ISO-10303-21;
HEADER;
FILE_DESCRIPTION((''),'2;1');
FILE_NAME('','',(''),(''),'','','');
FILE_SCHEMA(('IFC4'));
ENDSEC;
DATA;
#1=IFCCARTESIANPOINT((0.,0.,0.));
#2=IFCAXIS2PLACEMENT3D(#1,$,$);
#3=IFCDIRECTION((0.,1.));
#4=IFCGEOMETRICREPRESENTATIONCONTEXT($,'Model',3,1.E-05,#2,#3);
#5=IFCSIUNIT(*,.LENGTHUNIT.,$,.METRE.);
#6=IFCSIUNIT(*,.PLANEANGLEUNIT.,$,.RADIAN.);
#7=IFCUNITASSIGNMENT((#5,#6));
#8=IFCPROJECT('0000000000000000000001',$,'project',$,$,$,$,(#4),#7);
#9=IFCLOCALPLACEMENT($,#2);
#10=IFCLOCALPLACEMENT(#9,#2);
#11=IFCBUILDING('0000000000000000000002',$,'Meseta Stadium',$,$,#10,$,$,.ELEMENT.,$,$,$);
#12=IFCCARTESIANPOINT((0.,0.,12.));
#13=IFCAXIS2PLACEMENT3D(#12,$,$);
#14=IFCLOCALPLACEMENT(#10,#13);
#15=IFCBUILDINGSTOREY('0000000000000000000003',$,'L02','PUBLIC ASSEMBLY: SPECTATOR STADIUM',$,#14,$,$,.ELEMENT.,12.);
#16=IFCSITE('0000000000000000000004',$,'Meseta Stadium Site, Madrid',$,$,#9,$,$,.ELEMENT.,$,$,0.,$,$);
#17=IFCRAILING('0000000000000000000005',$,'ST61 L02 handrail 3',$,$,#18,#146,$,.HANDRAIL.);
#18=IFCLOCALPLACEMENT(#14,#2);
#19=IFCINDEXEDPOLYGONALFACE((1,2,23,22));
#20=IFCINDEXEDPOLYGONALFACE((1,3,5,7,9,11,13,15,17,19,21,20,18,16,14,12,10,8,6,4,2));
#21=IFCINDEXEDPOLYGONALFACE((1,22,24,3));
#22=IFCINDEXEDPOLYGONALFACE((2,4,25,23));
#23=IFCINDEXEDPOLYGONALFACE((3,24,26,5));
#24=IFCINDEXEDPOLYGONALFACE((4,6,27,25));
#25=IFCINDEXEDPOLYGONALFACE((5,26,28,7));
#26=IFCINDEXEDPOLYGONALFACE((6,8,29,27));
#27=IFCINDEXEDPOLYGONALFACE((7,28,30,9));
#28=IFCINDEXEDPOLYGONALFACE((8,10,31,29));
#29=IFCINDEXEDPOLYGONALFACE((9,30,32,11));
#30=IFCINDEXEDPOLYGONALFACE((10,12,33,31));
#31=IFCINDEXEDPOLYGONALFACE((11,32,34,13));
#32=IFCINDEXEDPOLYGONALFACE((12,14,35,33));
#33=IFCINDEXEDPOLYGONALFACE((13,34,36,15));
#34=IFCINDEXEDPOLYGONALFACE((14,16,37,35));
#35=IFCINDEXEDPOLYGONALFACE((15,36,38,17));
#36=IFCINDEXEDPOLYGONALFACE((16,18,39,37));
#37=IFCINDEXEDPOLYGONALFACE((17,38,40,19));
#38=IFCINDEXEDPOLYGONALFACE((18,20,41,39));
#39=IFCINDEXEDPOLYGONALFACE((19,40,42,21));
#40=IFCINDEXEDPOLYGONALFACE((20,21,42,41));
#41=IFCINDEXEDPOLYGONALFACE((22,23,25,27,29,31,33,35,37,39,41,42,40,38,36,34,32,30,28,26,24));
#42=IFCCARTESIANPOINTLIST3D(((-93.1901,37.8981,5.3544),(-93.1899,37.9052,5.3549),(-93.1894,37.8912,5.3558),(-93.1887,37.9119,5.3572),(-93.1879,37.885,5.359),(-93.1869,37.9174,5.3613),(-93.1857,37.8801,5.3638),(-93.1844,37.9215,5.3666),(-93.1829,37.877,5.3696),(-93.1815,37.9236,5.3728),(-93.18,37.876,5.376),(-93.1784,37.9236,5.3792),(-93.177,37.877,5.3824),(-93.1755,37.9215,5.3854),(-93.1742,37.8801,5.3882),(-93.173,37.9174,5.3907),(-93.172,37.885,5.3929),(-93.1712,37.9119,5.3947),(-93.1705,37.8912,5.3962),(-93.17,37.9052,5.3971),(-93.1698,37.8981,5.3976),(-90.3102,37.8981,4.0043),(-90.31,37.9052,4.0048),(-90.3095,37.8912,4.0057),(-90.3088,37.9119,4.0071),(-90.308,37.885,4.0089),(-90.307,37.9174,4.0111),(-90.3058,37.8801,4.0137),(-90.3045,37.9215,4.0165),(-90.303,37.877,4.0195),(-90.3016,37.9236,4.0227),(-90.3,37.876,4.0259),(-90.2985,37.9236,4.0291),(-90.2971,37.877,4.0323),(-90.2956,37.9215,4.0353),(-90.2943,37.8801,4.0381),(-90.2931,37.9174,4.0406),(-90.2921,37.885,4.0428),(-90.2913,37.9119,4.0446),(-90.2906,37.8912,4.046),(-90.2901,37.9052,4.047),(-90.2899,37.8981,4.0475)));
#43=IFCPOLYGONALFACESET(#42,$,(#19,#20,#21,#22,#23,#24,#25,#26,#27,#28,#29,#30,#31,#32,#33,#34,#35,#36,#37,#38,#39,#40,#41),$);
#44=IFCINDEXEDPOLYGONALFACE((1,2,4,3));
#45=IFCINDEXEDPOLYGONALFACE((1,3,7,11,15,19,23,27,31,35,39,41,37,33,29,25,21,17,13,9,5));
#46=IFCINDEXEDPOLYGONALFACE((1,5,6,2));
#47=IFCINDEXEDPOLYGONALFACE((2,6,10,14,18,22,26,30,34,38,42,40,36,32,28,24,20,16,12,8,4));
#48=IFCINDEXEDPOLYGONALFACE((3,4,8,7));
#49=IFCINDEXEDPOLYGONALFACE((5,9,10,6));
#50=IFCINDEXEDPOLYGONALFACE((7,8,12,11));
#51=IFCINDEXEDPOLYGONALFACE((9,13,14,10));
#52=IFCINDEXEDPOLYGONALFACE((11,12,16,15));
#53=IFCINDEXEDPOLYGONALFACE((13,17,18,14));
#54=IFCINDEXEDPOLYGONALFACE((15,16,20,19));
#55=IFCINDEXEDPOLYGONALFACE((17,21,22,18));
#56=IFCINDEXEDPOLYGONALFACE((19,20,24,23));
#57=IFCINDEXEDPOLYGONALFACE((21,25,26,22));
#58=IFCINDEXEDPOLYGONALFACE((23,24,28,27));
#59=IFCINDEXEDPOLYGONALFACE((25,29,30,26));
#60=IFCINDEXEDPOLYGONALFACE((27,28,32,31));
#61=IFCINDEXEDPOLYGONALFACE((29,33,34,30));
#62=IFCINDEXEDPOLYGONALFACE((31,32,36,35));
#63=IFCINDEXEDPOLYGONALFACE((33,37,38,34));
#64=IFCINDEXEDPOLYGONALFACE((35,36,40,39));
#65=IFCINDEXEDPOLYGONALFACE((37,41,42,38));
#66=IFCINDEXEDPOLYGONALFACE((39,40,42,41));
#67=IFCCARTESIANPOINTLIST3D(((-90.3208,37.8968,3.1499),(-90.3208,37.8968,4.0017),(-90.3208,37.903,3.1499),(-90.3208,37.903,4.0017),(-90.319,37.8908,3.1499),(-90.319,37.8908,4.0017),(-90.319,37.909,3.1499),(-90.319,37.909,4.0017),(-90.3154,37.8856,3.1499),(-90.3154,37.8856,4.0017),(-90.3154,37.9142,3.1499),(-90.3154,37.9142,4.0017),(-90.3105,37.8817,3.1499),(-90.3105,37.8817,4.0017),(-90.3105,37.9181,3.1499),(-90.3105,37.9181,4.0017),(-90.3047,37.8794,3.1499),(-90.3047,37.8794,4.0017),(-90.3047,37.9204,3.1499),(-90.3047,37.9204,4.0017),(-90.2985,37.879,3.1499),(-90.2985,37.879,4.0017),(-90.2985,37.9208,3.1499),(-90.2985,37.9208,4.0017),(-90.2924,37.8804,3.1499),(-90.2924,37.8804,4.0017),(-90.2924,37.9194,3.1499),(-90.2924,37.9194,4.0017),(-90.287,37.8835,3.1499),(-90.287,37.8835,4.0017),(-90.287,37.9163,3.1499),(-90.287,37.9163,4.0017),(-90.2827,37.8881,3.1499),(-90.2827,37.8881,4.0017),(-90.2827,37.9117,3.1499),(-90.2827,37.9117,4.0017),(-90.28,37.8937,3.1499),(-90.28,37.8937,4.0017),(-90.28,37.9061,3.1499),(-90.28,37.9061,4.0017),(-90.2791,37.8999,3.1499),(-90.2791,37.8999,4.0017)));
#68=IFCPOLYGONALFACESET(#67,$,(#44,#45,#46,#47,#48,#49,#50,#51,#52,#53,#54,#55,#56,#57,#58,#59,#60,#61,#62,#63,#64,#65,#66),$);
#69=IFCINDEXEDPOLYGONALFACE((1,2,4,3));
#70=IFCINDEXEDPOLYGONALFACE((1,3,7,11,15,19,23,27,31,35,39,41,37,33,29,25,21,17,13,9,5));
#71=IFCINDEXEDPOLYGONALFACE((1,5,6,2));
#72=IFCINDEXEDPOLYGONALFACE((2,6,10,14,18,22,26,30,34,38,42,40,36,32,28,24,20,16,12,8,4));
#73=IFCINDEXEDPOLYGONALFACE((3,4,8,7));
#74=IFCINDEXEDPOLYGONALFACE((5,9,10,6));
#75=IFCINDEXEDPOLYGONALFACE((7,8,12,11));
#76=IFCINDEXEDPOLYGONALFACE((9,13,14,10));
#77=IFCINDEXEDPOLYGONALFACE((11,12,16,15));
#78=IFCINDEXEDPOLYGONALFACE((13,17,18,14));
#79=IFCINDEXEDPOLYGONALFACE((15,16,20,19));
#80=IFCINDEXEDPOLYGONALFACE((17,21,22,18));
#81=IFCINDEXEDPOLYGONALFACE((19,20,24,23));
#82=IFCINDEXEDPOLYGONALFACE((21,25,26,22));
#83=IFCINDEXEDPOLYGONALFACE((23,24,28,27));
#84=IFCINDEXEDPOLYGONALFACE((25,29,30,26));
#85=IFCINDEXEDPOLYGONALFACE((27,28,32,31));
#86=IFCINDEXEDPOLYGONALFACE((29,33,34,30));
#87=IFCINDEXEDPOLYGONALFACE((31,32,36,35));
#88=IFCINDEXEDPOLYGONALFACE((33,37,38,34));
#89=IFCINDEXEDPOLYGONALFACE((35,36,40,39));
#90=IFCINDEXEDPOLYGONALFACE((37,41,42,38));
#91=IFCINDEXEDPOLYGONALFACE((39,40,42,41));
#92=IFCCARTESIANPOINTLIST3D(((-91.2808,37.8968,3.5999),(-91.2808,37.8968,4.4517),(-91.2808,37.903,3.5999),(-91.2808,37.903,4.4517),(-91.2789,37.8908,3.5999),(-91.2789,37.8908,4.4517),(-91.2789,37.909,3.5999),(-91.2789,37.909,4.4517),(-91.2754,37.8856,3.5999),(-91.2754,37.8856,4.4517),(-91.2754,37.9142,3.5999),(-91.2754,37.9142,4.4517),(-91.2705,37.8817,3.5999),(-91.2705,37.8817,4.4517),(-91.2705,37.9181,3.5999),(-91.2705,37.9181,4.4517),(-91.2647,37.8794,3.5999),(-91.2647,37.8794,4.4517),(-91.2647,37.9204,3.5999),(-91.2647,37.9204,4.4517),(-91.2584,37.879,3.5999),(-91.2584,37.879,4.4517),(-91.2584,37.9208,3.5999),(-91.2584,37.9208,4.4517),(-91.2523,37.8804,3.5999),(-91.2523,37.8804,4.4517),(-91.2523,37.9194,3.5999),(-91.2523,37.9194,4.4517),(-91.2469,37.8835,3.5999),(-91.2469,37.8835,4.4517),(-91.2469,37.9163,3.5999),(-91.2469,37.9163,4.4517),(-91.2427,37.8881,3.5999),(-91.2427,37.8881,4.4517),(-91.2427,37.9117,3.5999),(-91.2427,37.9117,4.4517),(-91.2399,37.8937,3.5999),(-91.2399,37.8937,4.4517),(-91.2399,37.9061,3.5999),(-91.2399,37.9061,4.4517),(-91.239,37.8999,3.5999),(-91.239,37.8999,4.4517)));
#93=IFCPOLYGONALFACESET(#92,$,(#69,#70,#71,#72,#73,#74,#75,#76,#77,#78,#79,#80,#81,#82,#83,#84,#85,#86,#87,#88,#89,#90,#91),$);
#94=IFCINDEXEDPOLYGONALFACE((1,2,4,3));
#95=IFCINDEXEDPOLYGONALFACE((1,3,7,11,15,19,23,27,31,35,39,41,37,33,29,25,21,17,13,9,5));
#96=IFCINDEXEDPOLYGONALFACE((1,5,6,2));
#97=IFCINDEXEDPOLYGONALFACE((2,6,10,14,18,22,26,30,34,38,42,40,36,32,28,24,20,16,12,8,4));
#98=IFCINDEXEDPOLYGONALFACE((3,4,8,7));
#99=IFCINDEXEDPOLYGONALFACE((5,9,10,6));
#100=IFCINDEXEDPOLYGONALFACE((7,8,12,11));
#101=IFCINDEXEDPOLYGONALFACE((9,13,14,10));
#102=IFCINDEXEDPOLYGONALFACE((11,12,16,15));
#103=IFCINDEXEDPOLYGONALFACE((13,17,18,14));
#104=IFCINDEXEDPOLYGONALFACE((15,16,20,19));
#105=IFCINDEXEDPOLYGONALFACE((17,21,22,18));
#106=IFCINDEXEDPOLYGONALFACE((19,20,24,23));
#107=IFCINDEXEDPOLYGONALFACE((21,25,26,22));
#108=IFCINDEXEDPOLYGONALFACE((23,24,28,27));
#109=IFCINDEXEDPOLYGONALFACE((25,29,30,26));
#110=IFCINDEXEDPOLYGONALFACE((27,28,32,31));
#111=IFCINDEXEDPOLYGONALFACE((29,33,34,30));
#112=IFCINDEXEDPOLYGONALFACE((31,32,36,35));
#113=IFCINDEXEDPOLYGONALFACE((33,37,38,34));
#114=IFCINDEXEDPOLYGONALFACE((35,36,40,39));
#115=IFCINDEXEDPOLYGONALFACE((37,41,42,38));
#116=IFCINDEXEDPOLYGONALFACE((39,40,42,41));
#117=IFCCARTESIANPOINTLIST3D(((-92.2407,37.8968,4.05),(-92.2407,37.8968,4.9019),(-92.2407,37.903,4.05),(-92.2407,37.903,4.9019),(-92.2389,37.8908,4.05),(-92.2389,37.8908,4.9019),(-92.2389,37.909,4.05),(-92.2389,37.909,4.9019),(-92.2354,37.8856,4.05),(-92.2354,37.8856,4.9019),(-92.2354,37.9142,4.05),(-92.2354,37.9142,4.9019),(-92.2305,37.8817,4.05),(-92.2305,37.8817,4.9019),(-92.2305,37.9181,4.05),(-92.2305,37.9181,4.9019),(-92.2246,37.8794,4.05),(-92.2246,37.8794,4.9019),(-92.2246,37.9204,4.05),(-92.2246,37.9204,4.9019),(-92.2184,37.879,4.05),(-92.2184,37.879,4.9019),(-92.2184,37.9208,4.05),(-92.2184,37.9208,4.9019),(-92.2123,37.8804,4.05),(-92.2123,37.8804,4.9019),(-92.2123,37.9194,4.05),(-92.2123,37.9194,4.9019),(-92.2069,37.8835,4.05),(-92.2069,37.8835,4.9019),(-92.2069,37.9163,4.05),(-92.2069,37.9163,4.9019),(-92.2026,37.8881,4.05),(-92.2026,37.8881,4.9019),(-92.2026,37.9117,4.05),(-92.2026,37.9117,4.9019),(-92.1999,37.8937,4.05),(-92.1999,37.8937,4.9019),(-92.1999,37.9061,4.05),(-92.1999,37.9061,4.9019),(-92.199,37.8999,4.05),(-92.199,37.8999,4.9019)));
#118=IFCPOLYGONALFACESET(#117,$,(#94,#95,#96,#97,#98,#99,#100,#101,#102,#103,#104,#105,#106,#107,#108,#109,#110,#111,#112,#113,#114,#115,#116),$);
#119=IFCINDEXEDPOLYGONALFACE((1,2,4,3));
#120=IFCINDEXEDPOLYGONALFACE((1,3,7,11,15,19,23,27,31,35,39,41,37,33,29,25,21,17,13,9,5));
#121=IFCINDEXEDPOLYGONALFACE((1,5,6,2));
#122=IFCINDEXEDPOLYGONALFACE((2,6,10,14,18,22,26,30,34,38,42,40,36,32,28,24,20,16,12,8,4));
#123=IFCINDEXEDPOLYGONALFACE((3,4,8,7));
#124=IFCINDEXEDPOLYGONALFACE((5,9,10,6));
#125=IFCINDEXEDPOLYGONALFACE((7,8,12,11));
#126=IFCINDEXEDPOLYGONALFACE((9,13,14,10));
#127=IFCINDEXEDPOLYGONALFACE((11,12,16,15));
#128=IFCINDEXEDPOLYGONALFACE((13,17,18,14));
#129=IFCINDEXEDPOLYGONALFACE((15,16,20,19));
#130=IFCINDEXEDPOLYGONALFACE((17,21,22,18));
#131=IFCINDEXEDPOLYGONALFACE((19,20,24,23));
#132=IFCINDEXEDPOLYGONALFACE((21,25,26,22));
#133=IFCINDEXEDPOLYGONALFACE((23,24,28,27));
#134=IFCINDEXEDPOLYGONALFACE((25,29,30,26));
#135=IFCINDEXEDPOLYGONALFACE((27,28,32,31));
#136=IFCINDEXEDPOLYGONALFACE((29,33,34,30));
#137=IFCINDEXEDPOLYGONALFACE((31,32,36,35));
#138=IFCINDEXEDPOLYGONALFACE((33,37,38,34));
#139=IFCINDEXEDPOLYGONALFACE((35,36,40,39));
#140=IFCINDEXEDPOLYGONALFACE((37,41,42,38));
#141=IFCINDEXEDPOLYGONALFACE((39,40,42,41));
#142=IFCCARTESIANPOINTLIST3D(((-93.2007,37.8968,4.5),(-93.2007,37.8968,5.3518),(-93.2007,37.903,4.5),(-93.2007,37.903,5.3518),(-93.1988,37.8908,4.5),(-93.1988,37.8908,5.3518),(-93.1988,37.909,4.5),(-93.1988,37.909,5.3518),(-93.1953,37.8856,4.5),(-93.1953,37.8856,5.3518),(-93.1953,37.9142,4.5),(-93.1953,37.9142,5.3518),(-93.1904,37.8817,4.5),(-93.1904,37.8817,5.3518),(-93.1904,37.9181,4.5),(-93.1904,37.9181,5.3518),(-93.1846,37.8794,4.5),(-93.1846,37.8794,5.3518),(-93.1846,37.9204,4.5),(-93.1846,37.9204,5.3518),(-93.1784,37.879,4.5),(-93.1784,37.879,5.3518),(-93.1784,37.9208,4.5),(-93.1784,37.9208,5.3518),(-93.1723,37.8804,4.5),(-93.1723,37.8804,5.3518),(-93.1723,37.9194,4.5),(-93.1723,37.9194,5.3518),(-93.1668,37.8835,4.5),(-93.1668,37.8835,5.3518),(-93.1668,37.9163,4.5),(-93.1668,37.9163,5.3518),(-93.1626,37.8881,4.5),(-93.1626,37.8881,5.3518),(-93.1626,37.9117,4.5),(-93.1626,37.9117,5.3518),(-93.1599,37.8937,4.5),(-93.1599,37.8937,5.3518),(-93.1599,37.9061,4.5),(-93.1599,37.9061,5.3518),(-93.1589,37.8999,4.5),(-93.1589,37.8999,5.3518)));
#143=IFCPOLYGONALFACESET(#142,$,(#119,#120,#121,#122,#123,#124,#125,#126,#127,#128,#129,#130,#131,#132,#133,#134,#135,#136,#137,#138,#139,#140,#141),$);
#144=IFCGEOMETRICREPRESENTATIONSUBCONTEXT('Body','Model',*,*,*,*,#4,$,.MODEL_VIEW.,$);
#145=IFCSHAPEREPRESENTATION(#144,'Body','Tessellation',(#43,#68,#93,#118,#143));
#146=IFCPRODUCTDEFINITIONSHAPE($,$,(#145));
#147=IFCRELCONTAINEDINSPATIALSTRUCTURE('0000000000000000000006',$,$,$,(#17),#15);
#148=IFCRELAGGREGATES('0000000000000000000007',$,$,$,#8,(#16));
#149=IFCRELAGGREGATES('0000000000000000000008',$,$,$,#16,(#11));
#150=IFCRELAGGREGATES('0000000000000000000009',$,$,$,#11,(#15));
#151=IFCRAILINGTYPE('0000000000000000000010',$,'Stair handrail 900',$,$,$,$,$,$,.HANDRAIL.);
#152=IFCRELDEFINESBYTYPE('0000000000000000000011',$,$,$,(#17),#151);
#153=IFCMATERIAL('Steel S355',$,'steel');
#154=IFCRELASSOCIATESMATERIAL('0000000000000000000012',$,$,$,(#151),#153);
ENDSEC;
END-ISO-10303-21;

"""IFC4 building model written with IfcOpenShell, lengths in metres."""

from ifc_helpers import new_model, si_unit, direction, frame, origin, origin_2d, place, context, subcontext, project, spatial, circle, extrude, material, type_object, element, save


model = new_model("IFC4")

# Units and contexts
model_context = context("Model", 3, precision=1e-05, world=origin(), true_north=direction((0.0, 1.0)))
body_context = subcontext(model_context, "Body", "Model", "MODEL_VIEW")
ifc_project = project(units=[si_unit("LENGTHUNIT", "METRE"), si_unit("PLANEANGLEUNIT", "RADIAN")], contexts=[model_context])

# Site, building, storey
site_placement = place(None, origin())
site = spatial("IfcSite", under=ifc_project, at=site_placement, Name="Meseta Stadium Site, Madrid", CompositionType="ELEMENT", RefElevation=0.0)
building_placement = place(site_placement, origin())
building = spatial("IfcBuilding", under=site, at=building_placement, Name="Meseta Stadium", CompositionType="ELEMENT")
storey_placement = place(building_placement, frame((0.0, 0.0, 12.0)))
storey = spatial("IfcBuildingStorey", under=building, at=storey_placement, Name="L02", Description="PUBLIC ASSEMBLY: SPECTATOR STADIUM", CompositionType="ELEMENT", Elevation=12.0)

# Railing
ifc_material_1 = material(Name="Steel S355", Category="steel")
railing_type_1 = type_object("IfcRailingType", Name="Stair handrail 900", PredefinedType="HANDRAIL", material=ifc_material_1)
railing_1_placement = place(storey_placement, frame((-90.3, 37.8999, 3.1499)))
element("IfcRailing", 1, at=railing_1_placement, inside=storey, type_object=railing_type_1, Name="ST61 L02 handrail 3", PredefinedType="HANDRAIL", context=body_context, shape_type="SweptSolid", body=[
    extrude(circle(Radius=0.0239, at=origin_2d()), frame((0.0, 0.0, 0.876), z_axis=(-0.90544, 0.0, 0.424473), x_axis=(0.0, -1.0, 0.0)), (0.0, 0.0, 1.0), 3.1807),
    extrude(circle(Radius=0.021, at=origin_2d()), origin(), (0.0, 0.0, 1.0), 0.8518),
    extrude(circle(Radius=0.021, at=origin_2d()), frame((-0.96, 0.0, 0.45)), (0.0, 0.0, 1.0), 0.8518),
    extrude(circle(Radius=0.021, at=origin_2d()), frame((-1.9199, 0.0, 0.9001)), (0.0, 0.0, 1.0), 0.8518),
    extrude(circle(Radius=0.021, at=origin_2d()), frame((-2.8799, 0.0, 1.3501)), (0.0, 0.0, 1.0), 0.8518),
])

save(model, "model.ifc")
